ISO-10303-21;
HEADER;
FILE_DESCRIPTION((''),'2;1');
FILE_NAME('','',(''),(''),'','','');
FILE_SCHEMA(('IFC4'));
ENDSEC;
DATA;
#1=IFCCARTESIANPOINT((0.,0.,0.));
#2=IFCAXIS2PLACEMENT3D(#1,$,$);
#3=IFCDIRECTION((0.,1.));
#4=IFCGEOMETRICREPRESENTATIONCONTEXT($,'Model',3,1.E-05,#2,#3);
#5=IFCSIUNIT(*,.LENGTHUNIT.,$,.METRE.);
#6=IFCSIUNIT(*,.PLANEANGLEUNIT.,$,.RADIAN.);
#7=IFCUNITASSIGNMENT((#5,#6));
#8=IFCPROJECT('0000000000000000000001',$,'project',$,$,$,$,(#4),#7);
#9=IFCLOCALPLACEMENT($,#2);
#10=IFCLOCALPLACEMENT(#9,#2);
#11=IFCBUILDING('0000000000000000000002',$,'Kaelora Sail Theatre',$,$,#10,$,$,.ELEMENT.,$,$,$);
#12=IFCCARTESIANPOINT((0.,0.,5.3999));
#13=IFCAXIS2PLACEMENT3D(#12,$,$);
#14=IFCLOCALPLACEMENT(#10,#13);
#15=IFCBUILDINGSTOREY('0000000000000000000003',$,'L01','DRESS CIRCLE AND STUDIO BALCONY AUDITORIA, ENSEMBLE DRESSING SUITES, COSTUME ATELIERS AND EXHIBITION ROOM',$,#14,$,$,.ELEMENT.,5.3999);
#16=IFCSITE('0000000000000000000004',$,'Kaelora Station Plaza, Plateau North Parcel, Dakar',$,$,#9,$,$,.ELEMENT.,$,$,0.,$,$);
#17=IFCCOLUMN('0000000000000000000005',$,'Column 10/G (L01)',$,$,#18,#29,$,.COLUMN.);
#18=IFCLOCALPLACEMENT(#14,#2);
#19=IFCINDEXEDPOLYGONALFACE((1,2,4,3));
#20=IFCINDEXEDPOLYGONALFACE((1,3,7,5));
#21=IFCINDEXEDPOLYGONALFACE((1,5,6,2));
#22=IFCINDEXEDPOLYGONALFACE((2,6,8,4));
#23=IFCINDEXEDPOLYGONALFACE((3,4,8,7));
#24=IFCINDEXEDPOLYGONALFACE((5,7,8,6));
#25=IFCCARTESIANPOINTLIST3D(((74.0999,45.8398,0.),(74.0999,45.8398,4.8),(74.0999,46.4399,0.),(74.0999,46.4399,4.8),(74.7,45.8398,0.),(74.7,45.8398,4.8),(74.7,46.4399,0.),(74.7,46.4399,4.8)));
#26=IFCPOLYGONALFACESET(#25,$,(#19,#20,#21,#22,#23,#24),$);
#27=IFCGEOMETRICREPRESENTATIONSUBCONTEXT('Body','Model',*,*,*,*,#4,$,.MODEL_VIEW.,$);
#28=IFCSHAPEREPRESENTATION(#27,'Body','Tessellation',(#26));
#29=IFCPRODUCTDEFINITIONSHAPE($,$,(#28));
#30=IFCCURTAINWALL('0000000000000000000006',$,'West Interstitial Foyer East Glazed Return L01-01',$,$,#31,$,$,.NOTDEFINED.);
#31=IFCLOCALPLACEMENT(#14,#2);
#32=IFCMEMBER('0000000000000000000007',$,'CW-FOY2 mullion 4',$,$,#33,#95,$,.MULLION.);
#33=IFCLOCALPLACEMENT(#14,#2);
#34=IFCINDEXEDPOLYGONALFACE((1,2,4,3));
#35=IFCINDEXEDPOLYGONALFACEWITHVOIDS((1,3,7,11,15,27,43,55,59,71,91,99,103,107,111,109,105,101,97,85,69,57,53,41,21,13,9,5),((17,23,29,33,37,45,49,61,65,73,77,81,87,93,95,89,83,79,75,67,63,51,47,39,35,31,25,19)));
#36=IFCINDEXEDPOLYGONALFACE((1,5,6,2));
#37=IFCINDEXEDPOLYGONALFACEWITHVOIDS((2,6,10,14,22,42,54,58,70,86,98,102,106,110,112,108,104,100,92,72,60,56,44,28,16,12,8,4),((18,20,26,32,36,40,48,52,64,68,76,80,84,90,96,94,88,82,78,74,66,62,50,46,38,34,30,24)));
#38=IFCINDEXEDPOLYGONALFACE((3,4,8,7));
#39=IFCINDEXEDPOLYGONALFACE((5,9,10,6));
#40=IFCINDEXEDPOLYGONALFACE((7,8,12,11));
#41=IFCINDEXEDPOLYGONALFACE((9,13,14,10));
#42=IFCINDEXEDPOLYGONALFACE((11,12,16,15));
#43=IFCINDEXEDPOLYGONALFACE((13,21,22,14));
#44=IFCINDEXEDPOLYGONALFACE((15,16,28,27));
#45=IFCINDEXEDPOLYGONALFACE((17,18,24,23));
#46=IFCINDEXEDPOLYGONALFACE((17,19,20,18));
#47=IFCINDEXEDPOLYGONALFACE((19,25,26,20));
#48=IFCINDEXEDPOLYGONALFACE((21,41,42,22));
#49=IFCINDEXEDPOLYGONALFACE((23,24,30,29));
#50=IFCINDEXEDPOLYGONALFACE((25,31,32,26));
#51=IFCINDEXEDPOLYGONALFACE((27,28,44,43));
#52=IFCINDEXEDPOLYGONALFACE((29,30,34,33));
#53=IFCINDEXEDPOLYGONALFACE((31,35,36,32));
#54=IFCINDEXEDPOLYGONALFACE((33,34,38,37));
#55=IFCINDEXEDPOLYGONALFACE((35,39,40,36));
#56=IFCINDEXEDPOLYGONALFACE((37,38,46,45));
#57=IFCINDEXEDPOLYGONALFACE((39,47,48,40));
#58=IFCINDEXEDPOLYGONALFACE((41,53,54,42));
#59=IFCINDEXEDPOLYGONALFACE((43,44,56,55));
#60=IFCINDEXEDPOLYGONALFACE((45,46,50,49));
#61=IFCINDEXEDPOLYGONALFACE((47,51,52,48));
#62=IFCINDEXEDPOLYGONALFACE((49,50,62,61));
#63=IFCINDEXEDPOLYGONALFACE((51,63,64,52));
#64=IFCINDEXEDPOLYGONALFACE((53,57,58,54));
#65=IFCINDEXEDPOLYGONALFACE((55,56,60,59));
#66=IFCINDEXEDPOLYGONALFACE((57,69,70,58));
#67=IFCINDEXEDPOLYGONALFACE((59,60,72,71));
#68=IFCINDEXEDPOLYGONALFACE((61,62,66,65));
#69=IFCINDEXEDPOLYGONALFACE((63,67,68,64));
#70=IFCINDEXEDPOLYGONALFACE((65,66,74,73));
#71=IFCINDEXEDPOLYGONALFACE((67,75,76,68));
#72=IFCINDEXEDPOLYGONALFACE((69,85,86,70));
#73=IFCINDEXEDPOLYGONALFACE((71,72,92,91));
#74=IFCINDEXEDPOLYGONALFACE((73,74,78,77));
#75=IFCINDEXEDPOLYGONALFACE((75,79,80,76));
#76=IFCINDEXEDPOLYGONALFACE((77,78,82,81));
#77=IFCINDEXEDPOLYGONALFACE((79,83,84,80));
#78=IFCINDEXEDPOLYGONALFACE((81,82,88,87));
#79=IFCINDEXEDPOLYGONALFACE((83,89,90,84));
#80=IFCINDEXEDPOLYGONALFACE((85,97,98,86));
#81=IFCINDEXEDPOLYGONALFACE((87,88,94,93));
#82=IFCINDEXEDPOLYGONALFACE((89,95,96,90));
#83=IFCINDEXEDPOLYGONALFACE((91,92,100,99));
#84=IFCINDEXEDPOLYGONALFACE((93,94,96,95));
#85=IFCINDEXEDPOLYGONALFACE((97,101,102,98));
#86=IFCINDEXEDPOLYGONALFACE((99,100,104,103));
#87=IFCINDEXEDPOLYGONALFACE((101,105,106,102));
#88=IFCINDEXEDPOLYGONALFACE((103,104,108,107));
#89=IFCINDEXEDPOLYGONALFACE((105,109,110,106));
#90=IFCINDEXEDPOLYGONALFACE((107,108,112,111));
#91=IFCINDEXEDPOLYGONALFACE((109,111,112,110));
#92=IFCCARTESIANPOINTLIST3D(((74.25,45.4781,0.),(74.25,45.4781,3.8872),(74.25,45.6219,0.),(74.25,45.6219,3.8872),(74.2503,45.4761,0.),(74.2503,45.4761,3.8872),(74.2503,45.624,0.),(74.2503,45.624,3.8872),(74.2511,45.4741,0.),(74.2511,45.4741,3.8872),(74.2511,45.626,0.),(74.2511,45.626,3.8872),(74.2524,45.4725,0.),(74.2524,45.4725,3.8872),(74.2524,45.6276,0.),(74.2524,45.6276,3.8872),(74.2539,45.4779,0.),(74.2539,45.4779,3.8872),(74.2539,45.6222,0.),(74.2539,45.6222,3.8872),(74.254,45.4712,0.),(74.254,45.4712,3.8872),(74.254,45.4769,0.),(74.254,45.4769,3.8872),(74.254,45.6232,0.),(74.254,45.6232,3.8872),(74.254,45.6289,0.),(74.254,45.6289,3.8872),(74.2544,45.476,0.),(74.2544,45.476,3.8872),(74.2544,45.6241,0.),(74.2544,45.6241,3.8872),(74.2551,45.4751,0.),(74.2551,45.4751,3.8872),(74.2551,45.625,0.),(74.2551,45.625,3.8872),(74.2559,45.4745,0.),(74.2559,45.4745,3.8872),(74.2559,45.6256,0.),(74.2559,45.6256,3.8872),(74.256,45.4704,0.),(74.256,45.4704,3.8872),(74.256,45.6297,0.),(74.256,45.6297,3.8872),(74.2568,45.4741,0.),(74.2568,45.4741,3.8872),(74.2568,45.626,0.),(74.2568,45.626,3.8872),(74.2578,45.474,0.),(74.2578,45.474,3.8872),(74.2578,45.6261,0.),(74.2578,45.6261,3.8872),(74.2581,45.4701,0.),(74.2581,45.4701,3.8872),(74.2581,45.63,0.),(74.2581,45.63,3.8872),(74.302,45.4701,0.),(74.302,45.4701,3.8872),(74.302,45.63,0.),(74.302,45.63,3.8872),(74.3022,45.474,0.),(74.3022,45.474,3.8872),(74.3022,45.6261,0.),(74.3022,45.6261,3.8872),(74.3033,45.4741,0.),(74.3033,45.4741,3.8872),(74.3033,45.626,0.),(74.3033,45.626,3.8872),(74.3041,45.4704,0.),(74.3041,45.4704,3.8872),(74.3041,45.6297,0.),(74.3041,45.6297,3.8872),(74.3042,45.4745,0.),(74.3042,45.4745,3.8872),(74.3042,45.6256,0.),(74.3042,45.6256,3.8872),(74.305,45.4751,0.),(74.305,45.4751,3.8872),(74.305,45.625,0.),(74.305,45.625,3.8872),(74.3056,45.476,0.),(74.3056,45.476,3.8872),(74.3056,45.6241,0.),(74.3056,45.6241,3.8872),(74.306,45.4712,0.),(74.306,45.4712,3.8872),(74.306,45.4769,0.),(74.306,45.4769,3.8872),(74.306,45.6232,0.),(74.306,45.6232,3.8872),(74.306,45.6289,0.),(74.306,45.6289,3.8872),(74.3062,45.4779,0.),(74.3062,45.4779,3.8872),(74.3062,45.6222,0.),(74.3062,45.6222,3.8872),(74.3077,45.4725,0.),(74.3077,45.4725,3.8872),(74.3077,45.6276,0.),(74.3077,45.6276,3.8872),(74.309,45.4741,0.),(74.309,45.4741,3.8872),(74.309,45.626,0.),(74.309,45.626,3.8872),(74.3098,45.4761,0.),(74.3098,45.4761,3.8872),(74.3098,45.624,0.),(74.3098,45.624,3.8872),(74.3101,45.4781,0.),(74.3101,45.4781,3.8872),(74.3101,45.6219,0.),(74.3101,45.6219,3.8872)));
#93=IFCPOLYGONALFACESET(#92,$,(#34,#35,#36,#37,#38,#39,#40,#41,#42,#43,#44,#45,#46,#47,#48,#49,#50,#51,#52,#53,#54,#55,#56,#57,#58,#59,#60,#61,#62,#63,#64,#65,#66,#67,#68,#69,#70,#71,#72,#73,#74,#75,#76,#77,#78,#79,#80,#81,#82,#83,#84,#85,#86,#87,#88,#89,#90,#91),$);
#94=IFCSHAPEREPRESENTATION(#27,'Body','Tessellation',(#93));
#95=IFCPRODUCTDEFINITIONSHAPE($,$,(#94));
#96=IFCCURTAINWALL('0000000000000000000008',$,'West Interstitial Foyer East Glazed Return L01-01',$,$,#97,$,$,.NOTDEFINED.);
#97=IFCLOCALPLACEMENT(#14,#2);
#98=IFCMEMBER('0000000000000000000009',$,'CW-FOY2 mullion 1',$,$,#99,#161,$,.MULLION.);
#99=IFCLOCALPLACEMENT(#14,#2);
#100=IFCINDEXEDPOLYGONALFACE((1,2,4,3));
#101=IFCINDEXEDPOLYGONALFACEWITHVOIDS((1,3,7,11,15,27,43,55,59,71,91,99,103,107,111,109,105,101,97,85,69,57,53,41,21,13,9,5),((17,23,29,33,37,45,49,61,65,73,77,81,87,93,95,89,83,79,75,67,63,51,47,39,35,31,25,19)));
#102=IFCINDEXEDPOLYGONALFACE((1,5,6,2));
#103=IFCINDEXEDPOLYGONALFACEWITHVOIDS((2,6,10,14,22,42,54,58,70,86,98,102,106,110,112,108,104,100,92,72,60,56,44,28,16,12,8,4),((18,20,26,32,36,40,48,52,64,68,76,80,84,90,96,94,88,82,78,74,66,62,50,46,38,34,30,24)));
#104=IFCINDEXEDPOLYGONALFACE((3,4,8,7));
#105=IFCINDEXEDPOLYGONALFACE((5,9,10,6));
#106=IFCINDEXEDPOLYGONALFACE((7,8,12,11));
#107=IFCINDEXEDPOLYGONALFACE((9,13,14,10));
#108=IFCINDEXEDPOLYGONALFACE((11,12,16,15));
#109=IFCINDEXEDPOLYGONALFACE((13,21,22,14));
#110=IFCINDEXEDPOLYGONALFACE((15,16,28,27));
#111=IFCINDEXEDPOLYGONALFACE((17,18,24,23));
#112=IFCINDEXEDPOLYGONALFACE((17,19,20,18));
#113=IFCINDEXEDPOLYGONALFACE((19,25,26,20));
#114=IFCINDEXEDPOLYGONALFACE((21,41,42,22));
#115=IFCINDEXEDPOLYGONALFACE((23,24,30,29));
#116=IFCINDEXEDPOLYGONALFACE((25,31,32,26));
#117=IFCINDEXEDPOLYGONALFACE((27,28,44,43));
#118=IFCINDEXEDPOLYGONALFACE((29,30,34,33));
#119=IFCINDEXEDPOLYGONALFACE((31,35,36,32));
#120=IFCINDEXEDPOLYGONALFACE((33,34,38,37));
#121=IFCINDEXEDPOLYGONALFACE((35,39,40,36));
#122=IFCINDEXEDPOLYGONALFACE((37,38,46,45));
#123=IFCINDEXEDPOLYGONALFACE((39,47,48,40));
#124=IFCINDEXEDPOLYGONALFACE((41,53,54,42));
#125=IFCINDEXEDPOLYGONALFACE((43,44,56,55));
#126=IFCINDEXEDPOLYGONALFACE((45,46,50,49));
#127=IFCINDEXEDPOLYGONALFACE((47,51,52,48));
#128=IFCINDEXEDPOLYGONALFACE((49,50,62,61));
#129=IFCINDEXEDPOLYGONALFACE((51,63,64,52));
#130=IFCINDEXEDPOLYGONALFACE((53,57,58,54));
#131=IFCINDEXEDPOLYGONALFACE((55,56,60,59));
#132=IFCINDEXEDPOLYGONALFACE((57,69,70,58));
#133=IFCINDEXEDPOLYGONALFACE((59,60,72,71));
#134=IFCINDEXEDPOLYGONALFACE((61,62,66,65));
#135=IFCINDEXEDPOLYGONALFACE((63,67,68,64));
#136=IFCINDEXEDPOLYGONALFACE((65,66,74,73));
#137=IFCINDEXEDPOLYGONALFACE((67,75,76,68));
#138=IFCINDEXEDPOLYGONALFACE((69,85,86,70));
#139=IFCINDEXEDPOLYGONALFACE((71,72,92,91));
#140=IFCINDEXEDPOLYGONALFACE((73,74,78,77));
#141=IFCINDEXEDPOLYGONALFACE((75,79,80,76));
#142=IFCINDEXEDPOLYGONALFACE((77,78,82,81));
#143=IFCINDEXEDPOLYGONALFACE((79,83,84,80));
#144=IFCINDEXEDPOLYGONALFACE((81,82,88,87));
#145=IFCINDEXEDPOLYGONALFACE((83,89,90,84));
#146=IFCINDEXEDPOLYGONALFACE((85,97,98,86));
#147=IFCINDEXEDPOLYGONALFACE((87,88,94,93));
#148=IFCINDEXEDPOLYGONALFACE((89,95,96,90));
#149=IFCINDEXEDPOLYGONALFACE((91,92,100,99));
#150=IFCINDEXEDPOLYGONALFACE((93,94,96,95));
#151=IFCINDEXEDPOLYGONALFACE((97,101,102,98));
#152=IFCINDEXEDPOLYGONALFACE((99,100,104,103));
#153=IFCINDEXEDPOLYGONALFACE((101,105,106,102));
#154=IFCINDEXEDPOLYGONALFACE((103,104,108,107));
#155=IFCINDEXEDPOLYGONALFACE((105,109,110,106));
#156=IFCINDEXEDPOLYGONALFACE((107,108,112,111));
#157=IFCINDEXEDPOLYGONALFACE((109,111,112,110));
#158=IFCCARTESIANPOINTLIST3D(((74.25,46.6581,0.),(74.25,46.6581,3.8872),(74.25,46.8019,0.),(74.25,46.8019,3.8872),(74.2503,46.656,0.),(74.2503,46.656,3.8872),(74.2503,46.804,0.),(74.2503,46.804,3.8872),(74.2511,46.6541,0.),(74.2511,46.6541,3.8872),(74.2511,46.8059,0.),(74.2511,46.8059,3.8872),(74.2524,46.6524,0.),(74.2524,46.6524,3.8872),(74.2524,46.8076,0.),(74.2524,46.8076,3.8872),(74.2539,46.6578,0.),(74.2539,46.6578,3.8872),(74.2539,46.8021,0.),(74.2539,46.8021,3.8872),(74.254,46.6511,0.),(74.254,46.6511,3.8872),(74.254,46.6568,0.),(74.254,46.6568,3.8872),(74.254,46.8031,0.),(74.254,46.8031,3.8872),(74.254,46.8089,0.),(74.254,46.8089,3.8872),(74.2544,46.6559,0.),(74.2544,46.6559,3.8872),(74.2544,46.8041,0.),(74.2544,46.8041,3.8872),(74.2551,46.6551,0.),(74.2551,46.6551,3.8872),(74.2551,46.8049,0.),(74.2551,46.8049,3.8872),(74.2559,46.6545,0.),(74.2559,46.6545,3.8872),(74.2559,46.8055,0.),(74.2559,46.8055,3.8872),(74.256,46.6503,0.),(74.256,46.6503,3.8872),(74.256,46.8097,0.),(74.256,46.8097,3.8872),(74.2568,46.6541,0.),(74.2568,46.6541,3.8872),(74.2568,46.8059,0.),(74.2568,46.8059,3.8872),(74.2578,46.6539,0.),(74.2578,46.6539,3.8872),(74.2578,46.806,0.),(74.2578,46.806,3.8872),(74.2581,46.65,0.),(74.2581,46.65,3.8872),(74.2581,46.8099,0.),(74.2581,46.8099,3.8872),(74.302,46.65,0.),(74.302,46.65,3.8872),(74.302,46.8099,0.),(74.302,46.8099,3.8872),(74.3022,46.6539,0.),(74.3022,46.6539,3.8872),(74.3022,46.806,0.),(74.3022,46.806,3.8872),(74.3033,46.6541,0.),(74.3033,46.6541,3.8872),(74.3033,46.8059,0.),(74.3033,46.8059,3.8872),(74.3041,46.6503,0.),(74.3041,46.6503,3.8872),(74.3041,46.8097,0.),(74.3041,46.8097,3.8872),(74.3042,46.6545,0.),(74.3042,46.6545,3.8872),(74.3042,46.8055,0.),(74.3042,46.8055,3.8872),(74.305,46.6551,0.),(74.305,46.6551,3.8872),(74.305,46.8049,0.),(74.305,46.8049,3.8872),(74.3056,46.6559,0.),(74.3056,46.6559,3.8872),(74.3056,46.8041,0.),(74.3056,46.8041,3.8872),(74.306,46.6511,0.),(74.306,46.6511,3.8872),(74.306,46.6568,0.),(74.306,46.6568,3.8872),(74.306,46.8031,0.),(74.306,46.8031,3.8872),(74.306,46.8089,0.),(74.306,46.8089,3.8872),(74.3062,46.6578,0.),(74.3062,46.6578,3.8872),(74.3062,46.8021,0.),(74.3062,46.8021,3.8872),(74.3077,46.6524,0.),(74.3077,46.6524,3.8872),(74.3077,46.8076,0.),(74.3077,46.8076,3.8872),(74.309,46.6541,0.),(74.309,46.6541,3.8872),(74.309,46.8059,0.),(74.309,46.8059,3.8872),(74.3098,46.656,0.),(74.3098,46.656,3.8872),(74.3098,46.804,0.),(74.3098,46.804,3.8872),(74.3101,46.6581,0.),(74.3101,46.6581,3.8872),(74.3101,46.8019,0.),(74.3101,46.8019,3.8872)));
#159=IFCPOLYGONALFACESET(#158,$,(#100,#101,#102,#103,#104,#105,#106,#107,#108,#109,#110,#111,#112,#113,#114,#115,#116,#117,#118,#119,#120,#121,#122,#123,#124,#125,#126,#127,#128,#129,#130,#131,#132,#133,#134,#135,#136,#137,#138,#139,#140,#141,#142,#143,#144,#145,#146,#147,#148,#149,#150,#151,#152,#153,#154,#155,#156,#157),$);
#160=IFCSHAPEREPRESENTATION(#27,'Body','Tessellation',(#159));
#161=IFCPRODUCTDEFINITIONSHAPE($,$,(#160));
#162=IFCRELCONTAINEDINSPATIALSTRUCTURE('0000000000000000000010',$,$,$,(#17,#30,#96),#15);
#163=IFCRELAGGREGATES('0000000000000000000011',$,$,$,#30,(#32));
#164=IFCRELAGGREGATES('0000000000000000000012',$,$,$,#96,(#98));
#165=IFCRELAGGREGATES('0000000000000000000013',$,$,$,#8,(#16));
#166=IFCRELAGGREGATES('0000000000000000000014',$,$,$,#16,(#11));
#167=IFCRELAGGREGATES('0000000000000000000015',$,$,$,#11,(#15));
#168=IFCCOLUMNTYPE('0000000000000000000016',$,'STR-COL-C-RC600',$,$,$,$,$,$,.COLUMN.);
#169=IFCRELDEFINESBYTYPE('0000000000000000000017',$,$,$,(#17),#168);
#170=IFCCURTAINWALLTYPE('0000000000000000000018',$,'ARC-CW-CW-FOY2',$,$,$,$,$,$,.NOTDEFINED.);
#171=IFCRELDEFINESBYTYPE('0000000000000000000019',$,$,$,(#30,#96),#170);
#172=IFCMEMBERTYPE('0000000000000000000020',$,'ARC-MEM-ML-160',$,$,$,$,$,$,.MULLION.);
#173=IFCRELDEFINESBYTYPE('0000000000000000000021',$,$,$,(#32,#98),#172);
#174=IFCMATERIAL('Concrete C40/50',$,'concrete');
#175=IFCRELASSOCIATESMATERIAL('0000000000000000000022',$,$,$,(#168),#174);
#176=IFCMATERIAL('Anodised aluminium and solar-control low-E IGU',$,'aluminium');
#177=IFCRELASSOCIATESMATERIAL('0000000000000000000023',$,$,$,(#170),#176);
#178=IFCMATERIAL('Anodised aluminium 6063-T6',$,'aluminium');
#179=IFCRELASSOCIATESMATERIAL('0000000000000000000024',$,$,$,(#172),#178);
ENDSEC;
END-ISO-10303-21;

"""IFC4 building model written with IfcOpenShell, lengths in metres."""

from ifc_helpers import new_model, si_unit, direction, frame, origin, origin_2d, place, context, subcontext, project, spatial, rectangle, hollow_rectangle, extrude, material, material_profile, profile_set, type_object, element, aggregate, save


model = new_model("IFC4")

# Units and contexts
model_context = context("Model", 3, precision=1e-05, world=origin(), true_north=direction((0.0, 1.0)))
body_context = subcontext(model_context, "Body", "Model", "MODEL_VIEW")
ifc_project = project(units=[si_unit("LENGTHUNIT", "METRE"), si_unit("PLANEANGLEUNIT", "RADIAN")], contexts=[model_context])

# Site, building, storey
site_placement = place(None, origin())
site = spatial("IfcSite", under=ifc_project, at=site_placement, Name="Kaelora Station Plaza, Plateau North Parcel, Dakar", CompositionType="ELEMENT", RefElevation=0.0)
building_placement = place(site_placement, origin())
building = spatial("IfcBuilding", under=site, at=building_placement, Name="Kaelora Sail Theatre", CompositionType="ELEMENT")
storey_placement = place(building_placement, frame((0.0, 0.0, 5.3999)))
storey = spatial("IfcBuildingStorey", under=building, at=storey_placement, Name="L01", Description="DRESS CIRCLE AND STUDIO BALCONY AUDITORIA, ENSEMBLE DRESSING SUITES, COSTUME ATELIERS AND EXHIBITION ROOM", CompositionType="ELEMENT", Elevation=5.3999)

# Column
ifc_material_1 = material(Name="Concrete C40/50", Category="concrete")
ifc_material_profile_1 = material_profile(ifc_material_1, rectangle(XDim=0.6001, YDim=0.6001, at=origin_2d()), Name="RC-COL 600x600")
ifc_profile_set_1 = profile_set([ifc_material_profile_1], Name="Concrete C40/50")
column_type = type_object("IfcColumnType", Name="STR-COL-C-RC600", PredefinedType="COLUMN", material=ifc_profile_set_1)
column_placement = place(storey_placement, frame((74.3999, 46.1399, 0.0), z_axis=(0.0, 0.0, 1.0), x_axis=(1.0, 0.0, 0.0)))
element("IfcColumn", 1, at=column_placement, inside=storey, type_object=column_type, Name="Column 10/G (L01)", PredefinedType="COLUMN", context=body_context, shape_type="SweptSolid", body=[
    extrude(rectangle(XDim=0.6001, YDim=0.6001, at=origin_2d()), origin(), (0.0, 0.0, 1.0), 4.8),
])

# Curtain wall, member
ifc_material_2 = material(Name="Anodised aluminium and solar-control low-E IGU", Category="aluminium")
curtain_wall_type = type_object("IfcCurtainWallType", Name="ARC-CW-CW-FOY2", PredefinedType="NOTDEFINED", material=ifc_material_2)
curtain_wall_1_placement = place(storey_placement, origin())
curtain_wall_1 = element("IfcCurtainWall", 2, at=curtain_wall_1_placement, inside=storey, type_object=curtain_wall_type, Name="West Interstitial Foyer East Glazed Return L01-01", PredefinedType="NOTDEFINED")
ifc_material_3 = material(Name="Anodised aluminium 6063-T6", Category="aluminium")
ifc_material_profile_2 = material_profile(ifc_material_3, hollow_rectangle(XDim=0.0601, YDim=0.1599, WallThickness=0.0039, InnerFilletRadius=0.0039, OuterFilletRadius=0.0081, at=origin_2d()), Name="ALU-MULL 60x160x4")
ifc_profile_set_2 = profile_set([ifc_material_profile_2], Name="Anodised aluminium 6063-T6")
member_type_1 = type_object("IfcMemberType", Name="ARC-MEM-ML-160", PredefinedType="MULLION", material=ifc_profile_set_2)
member_1_placement = place(storey_placement, frame((74.28, 45.55, 0.0), z_axis=(0.0, 0.0, 1.0), x_axis=(-1.0, 0.0, 0.0)))
member_1 = element("IfcMember", 3, at=member_1_placement, type_object=member_type_1, Name="CW-FOY2 mullion 4", PredefinedType="MULLION", context=body_context, shape_type="SweptSolid", body=[
    extrude(hollow_rectangle(XDim=0.0601, YDim=0.1599, WallThickness=0.0039, InnerFilletRadius=0.0039, OuterFilletRadius=0.0081, at=origin_2d()), origin(), (0.0, 0.0, 1.0), 3.8872),
])

# Curtain wall, member
curtain_wall_2_placement = place(storey_placement, origin())
curtain_wall_2 = element("IfcCurtainWall", 4, at=curtain_wall_2_placement, inside=storey, type_object=curtain_wall_type, Name="West Interstitial Foyer East Glazed Return L01-01", PredefinedType="NOTDEFINED")
member_2_placement = place(storey_placement, frame((74.28, 46.73, 0.0), z_axis=(0.0, 0.0, 1.0), x_axis=(-1.0, 0.0, 0.0)))
member_2 = element("IfcMember", 5, at=member_2_placement, type_object=member_type_1, Name="CW-FOY2 mullion 1", PredefinedType="MULLION", context=body_context, shape_type="SweptSolid", body=[
    extrude(hollow_rectangle(XDim=0.0601, YDim=0.1599, WallThickness=0.0039, InnerFilletRadius=0.0039, OuterFilletRadius=0.0081, at=origin_2d()), origin(), (0.0, 0.0, 1.0), 3.8872),
])

aggregate(curtain_wall_1, [member_1])
aggregate(curtain_wall_2, [member_2])

save(model, "model.ifc")
